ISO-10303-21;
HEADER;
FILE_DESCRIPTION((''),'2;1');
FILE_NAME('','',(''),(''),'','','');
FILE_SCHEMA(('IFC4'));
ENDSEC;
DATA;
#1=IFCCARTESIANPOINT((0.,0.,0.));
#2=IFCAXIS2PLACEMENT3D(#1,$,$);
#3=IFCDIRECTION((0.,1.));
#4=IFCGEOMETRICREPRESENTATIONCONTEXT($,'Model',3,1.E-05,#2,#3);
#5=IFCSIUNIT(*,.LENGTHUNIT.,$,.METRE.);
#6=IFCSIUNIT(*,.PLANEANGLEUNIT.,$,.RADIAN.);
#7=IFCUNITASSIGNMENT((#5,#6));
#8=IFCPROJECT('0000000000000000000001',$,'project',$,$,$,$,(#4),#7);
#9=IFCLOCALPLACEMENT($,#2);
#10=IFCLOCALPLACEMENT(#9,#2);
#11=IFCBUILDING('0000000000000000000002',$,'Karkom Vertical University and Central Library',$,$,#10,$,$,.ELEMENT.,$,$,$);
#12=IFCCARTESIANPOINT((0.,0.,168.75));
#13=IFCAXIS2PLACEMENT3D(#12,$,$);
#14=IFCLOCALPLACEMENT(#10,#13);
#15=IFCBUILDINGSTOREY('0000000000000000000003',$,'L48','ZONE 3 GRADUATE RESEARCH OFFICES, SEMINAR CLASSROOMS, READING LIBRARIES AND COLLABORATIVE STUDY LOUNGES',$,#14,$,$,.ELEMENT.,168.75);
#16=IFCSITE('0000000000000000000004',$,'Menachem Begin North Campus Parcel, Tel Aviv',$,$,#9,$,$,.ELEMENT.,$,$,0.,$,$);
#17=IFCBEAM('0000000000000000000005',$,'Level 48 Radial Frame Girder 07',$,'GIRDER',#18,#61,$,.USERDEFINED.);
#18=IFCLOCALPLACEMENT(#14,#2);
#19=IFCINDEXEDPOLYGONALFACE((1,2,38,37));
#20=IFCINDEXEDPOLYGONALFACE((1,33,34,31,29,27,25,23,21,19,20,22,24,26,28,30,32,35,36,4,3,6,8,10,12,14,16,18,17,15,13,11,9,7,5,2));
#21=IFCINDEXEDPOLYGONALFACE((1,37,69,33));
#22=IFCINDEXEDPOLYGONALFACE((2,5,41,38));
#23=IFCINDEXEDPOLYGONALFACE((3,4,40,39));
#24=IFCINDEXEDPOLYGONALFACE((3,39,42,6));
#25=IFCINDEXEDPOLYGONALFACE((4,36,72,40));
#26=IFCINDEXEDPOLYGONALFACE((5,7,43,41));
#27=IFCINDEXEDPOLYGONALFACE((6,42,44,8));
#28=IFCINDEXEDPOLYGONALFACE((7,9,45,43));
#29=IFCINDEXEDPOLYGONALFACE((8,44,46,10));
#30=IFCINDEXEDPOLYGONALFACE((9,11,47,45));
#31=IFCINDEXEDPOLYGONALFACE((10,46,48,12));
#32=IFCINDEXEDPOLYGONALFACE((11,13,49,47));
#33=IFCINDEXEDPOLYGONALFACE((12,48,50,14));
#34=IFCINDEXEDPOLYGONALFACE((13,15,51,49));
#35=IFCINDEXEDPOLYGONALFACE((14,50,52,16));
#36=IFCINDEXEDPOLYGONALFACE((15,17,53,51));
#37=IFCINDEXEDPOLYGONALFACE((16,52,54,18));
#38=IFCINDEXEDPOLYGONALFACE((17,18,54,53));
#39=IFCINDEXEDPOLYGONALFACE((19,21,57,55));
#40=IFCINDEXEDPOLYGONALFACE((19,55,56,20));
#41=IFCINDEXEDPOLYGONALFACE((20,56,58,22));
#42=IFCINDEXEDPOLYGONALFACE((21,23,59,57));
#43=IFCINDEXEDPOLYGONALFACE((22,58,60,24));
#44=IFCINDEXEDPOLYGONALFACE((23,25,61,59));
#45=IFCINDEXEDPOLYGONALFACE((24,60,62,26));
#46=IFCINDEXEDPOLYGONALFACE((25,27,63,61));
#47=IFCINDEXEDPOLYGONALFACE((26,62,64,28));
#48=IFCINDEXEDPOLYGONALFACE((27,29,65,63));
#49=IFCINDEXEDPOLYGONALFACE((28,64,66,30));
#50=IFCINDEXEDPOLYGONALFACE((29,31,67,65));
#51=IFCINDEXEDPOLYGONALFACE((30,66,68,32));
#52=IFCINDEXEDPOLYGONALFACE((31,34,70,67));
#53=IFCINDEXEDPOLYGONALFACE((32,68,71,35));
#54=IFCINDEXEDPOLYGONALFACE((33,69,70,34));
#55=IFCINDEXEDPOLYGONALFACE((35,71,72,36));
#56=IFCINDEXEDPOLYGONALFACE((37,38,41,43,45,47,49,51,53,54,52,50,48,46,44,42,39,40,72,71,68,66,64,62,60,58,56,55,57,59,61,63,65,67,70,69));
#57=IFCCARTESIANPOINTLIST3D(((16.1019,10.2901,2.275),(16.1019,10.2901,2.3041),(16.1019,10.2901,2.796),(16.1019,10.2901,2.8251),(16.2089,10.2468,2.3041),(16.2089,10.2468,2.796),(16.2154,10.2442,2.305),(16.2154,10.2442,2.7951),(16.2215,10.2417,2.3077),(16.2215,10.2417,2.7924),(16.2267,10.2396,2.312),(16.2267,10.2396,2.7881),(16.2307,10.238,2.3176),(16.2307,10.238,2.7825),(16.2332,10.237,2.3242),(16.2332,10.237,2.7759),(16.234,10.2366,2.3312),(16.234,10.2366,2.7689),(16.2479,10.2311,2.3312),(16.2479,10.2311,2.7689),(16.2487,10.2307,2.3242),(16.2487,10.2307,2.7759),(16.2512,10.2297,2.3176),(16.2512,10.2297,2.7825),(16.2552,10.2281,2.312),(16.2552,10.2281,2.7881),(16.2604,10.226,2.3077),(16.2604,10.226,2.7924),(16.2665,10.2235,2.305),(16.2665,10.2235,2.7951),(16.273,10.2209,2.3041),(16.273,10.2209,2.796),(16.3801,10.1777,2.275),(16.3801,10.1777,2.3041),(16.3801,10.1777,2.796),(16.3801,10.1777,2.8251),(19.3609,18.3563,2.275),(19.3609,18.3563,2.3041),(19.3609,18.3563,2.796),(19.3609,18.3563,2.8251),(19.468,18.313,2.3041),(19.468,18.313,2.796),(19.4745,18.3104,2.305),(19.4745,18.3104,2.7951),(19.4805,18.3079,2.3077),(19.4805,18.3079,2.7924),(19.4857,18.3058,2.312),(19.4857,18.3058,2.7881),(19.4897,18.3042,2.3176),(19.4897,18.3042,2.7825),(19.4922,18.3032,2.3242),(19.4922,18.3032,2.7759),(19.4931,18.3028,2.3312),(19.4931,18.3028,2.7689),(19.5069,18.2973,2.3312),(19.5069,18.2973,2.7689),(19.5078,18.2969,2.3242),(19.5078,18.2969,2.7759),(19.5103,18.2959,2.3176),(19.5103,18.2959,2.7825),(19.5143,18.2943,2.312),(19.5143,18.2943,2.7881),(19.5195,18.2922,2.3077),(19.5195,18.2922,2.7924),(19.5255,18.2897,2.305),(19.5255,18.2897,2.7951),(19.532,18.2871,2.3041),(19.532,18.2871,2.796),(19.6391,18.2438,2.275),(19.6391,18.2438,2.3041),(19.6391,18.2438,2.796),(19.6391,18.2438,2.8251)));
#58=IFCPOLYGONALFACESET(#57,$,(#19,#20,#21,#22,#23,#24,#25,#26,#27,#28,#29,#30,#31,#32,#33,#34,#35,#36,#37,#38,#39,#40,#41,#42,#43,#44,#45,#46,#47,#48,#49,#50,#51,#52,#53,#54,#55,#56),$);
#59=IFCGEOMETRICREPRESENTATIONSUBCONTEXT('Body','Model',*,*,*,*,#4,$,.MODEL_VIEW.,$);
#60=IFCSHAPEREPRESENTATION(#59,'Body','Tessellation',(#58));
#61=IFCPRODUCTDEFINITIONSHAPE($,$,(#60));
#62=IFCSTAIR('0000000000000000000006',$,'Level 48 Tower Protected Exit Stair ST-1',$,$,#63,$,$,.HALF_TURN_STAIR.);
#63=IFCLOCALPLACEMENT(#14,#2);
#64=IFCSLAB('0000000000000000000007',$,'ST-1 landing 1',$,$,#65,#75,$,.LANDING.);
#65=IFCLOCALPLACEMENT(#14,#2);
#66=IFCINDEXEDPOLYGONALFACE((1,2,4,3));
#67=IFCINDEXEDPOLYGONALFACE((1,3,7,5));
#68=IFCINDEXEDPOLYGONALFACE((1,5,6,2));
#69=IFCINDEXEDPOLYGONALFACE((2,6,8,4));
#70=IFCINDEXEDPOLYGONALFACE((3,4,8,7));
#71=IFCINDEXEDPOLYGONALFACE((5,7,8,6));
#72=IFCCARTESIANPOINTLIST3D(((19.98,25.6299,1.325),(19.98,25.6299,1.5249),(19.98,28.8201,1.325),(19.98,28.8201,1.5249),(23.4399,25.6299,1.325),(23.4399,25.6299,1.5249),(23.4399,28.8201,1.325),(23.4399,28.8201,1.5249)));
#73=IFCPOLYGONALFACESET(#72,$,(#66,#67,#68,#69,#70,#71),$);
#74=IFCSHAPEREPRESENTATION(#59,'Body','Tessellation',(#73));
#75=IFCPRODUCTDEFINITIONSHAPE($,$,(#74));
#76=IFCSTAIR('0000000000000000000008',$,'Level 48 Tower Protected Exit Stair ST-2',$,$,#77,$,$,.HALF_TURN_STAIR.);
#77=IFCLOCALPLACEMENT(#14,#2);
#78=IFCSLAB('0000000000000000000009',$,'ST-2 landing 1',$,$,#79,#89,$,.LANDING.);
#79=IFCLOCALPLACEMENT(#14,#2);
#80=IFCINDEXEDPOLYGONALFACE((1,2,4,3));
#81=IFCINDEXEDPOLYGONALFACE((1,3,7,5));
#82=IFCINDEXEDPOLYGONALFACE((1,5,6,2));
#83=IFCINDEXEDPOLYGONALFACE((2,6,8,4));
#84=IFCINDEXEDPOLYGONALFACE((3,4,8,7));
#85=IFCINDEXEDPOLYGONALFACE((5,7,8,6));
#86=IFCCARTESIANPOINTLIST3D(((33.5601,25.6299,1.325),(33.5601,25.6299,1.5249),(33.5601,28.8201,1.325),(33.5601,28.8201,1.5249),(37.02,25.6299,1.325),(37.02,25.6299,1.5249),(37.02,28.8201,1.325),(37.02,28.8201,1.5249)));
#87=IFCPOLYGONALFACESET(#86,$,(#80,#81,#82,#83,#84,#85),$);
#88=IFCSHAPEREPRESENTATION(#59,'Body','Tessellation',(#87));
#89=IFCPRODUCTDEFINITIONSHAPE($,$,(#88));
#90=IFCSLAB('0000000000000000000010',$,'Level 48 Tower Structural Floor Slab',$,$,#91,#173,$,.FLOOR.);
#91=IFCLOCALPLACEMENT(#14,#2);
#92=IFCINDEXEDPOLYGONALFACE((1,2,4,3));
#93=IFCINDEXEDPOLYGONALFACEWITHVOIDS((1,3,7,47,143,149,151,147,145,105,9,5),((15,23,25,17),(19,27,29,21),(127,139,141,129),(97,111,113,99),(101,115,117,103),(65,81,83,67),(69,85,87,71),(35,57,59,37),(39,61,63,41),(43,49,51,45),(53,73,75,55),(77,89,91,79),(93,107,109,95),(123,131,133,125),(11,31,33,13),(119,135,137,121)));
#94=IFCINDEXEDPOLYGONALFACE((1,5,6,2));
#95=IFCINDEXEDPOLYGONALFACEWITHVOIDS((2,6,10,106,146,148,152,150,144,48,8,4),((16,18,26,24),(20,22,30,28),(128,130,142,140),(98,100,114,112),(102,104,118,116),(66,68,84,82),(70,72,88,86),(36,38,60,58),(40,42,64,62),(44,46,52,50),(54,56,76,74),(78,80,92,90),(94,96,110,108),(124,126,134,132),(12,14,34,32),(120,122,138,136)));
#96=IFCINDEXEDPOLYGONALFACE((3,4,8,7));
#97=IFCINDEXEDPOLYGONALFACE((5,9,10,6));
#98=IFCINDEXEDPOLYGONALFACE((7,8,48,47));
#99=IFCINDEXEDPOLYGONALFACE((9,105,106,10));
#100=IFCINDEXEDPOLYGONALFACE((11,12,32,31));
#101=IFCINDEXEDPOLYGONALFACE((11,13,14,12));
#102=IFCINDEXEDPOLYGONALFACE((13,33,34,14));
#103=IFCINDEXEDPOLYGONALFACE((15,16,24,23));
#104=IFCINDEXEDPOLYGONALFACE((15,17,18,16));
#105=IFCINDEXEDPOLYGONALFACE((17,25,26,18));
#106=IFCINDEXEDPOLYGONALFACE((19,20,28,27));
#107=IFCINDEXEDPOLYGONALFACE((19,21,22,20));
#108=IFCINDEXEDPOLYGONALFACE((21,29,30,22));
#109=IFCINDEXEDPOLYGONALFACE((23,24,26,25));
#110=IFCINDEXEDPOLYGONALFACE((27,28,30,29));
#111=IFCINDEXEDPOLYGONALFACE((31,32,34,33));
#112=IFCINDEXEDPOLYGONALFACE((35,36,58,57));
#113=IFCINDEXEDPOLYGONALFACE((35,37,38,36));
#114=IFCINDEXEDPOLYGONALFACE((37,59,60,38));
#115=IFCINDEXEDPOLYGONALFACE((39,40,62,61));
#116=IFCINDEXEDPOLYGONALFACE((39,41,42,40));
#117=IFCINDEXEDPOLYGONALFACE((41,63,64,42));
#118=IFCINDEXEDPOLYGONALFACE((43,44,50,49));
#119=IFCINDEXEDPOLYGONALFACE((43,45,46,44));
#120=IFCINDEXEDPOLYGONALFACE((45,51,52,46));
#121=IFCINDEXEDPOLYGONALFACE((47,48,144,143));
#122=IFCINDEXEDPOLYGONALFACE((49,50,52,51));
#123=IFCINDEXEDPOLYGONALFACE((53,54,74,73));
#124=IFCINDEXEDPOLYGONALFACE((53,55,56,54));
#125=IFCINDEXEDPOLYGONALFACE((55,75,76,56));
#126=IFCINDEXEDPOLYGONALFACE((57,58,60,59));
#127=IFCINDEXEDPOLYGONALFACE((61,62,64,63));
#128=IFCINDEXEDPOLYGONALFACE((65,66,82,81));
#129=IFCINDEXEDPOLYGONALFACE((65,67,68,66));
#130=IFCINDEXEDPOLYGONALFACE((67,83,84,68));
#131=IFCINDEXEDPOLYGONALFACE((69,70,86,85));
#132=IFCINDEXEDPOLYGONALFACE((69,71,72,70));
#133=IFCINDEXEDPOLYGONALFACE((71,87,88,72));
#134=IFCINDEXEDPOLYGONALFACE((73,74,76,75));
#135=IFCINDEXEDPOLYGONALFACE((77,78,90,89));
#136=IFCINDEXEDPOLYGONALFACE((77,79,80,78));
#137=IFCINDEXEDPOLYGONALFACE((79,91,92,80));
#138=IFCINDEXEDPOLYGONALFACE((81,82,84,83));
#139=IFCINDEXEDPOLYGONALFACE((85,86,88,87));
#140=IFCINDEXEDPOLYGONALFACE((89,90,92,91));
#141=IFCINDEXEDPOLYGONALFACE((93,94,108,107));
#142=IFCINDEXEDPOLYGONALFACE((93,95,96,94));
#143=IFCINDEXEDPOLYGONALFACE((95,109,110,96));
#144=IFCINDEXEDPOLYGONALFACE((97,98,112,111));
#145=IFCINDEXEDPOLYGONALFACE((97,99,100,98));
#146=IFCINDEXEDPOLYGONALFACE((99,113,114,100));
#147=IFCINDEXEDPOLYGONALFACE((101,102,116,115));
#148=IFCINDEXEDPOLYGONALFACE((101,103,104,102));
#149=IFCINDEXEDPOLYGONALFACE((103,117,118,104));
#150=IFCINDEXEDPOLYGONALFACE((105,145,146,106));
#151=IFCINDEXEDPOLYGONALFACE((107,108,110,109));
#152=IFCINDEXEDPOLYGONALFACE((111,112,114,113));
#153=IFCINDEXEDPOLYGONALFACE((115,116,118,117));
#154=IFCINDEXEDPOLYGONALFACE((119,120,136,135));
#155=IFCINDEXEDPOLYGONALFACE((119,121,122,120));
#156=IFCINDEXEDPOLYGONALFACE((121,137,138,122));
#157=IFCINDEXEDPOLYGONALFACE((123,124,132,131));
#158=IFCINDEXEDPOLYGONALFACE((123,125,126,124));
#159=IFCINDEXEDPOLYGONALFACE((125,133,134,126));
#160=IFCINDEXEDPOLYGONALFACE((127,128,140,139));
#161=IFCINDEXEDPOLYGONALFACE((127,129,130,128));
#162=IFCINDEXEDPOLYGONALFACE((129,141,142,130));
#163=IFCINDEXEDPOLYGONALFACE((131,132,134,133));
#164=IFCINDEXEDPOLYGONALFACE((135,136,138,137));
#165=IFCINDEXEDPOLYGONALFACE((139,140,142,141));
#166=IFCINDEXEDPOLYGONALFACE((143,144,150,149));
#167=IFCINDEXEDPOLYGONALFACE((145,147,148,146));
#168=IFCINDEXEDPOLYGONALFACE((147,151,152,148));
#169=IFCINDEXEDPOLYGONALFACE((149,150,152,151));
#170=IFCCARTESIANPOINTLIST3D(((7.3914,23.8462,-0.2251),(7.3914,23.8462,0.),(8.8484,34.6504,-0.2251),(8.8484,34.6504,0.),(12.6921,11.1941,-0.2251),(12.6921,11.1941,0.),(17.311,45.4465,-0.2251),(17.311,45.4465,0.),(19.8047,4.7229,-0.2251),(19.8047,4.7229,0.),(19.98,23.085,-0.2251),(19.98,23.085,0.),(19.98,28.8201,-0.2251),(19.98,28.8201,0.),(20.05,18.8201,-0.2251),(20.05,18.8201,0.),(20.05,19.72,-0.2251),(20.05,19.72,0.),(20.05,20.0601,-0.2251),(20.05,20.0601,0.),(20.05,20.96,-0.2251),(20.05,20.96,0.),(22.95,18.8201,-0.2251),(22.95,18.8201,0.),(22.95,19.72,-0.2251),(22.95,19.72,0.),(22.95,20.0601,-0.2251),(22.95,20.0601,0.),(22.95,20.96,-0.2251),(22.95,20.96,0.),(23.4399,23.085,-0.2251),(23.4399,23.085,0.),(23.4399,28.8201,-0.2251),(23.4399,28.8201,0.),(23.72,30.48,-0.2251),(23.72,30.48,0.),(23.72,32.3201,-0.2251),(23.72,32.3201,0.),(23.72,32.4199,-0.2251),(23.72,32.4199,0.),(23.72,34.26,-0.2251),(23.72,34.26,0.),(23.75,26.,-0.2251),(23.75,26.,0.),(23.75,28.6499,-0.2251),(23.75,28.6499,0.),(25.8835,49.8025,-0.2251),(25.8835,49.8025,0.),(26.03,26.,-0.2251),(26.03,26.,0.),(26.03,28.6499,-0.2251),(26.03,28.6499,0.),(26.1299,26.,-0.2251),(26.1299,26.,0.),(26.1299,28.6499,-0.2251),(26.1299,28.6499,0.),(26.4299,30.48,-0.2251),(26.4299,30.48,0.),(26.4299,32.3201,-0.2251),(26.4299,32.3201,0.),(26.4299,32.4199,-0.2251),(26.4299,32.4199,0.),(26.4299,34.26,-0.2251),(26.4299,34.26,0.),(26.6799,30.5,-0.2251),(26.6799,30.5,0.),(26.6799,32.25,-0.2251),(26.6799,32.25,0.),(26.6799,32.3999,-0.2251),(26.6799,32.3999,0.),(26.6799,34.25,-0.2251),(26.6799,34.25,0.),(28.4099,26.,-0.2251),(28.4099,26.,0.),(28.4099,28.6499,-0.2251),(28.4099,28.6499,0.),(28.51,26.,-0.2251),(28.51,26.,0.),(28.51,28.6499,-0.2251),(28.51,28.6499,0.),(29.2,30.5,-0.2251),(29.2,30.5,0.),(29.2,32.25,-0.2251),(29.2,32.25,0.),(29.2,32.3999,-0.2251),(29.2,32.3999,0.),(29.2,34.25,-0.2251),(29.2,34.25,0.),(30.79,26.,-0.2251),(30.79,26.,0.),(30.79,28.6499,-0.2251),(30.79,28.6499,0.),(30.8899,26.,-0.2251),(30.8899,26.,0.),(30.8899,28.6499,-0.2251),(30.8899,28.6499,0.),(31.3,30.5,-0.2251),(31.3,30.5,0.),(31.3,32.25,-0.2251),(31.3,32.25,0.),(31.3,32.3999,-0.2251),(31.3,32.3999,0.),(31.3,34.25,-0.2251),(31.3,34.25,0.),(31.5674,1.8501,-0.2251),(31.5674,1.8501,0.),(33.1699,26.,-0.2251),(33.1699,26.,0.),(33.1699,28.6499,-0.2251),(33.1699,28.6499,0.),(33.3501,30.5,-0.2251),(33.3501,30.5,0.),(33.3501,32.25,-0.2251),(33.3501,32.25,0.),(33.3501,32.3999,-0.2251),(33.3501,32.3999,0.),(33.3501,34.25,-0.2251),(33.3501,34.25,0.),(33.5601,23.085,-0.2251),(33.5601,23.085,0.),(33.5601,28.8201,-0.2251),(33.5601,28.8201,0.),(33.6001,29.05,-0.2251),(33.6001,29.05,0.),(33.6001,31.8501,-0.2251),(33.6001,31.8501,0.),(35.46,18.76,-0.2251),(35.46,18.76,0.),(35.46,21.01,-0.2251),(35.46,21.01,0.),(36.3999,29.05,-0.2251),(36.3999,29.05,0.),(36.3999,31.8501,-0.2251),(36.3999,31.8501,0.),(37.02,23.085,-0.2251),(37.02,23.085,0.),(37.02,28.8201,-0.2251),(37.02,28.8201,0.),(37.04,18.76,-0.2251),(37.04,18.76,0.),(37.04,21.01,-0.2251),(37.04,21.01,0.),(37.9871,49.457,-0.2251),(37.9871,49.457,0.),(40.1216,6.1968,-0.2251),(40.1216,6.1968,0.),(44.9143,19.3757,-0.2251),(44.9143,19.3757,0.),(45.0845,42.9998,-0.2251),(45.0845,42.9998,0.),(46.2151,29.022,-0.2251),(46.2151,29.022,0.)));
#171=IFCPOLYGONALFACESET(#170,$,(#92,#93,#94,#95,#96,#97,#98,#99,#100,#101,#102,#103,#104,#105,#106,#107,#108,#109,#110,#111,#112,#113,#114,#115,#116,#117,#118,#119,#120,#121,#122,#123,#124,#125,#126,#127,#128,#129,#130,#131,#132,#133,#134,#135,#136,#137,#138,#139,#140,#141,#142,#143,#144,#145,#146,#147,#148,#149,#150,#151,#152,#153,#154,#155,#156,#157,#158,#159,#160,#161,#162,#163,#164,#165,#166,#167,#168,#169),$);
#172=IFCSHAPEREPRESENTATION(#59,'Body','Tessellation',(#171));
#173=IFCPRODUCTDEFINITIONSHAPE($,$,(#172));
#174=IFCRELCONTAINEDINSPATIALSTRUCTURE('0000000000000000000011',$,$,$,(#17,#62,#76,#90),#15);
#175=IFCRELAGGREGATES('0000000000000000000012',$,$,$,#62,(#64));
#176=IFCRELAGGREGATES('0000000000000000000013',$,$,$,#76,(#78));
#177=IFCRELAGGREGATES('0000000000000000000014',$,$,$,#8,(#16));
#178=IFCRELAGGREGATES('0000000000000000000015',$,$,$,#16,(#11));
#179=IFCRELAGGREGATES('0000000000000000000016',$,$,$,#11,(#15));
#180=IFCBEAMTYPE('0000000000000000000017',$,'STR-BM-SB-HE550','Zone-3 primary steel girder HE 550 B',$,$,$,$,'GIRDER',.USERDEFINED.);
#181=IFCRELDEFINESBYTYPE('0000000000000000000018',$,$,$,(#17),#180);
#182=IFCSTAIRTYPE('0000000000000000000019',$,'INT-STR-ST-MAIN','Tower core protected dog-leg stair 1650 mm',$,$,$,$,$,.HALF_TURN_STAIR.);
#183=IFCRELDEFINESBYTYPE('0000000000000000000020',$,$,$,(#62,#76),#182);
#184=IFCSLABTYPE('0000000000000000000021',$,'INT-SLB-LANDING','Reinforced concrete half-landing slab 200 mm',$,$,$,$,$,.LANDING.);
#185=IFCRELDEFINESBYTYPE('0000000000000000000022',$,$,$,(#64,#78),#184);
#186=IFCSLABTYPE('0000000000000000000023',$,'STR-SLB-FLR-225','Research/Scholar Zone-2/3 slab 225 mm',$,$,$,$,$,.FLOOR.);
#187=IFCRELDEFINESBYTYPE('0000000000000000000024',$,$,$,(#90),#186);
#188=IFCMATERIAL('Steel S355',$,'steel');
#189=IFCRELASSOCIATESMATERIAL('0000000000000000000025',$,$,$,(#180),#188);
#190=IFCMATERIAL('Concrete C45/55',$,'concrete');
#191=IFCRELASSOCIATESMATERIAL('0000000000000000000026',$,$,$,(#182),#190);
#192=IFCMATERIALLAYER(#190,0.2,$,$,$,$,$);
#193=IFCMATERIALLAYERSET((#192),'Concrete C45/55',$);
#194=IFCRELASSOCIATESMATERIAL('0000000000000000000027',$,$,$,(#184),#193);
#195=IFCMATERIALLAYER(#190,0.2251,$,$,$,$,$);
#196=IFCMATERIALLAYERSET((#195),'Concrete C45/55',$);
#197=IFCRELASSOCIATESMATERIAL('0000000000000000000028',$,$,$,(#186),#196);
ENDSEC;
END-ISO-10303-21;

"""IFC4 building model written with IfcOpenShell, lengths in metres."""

from ifc_helpers import new_model, si_unit, direction, frame, origin, origin_with_axes, origin_2d, place, context, subcontext, project, spatial, polyline, i_section, outline, extrude, source, transform, mapped, material, layer, layer_set, material_profile, profile_set, type_object, element, aggregate, save


model = new_model("IFC4")

# Units and contexts
model_context = context("Model", 3, precision=1e-05, world=origin(), true_north=direction((0.0, 1.0)))
body_context = subcontext(model_context, "Body", "Model", "MODEL_VIEW")
ifc_project = project(units=[si_unit("LENGTHUNIT", "METRE"), si_unit("PLANEANGLEUNIT", "RADIAN")], contexts=[model_context])

# Site, building, storey
site_placement = place(None, origin())
site = spatial("IfcSite", under=ifc_project, at=site_placement, Name="Menachem Begin North Campus Parcel, Tel Aviv", CompositionType="ELEMENT", RefElevation=0.0)
building_placement = place(site_placement, origin())
building = spatial("IfcBuilding", under=site, at=building_placement, Name="Karkom Vertical University and Central Library", CompositionType="ELEMENT")
storey_placement = place(building_placement, frame((0.0, 0.0, 168.75)))
storey = spatial("IfcBuildingStorey", under=building, at=storey_placement, Name="L48", Description="ZONE 3 GRADUATE RESEARCH OFFICES, SEMINAR CLASSROOMS, READING LIBRARIES AND COLLABORATIVE STUDY LOUNGES", CompositionType="ELEMENT", Elevation=168.75)

# Beam
ifc_material_1 = material(Name="Steel S355", Category="steel")
ifc_material_profile_1 = material_profile(ifc_material_1, i_section(OverallWidth=0.3, OverallDepth=0.55, WebThickness=0.0149, FlangeThickness=0.0291, FilletRadius=0.0271, at=origin_2d()), Name="HE 550 B")
ifc_profile_set_1 = profile_set([ifc_material_profile_1], Name="Steel S355")
beam_type_1 = type_object("IfcBeamType", Name="STR-BM-SB-HE550", Description="Zone-3 primary steel girder HE 550 B", ElementType="GIRDER", PredefinedType="USERDEFINED", material=ifc_profile_set_1)
shared_shape_1 = source(origin_with_axes(), body_context, "Body", "SweptSolid", [
    extrude(i_section(OverallWidth=0.3, OverallDepth=0.55, WebThickness=0.0149, FlangeThickness=0.0291, FilletRadius=0.0271, at=origin_2d()), origin(), (0.0, 0.0, 1.0), 8.6997),
])
beam_1_placement = place(storey_placement, frame((19.5, 18.3, 2.55), z_axis=(-0.374616, -0.92718, 0.0), x_axis=(0.92718, -0.374616, 0.0)))
element("IfcBeam", 1, at=beam_1_placement, inside=storey, type_object=beam_type_1, Name="Level 48 Radial Frame Girder 07", ObjectType="GIRDER", PredefinedType="USERDEFINED", context=body_context, shape_type="MappedRepresentation", body=[
    mapped(shared_shape_1, transform((0.0, 0.0, 0.0), scale=1.0)),
])

# Stairs, slabs
ifc_material_2 = material(Name="Concrete C45/55", Category="concrete")
stair_type = type_object("IfcStairType", Name="INT-STR-ST-MAIN", Description="Tower core protected dog-leg stair 1650 mm", PredefinedType="HALF_TURN_STAIR", material=ifc_material_2)
stair_1_placement = place(storey_placement, origin())
stair_1 = element("IfcStair", 2, at=stair_1_placement, inside=storey, type_object=stair_type, Name="Level 48 Tower Protected Exit Stair ST-1", PredefinedType="HALF_TURN_STAIR")
ifc_layer_1 = layer(ifc_material_2, 0.2)
ifc_layer_set_1 = layer_set([ifc_layer_1], Name="Concrete C45/55")
slab_type_1 = type_object("IfcSlabType", Name="INT-SLB-LANDING", Description="Reinforced concrete half-landing slab 200 mm", PredefinedType="LANDING", material=ifc_layer_set_1)
slab_1_placement = place(storey_placement, frame((0.0, 0.0, 1.325)))
slab_1 = element("IfcSlab", 3, at=slab_1_placement, type_object=slab_type_1, Name="ST-1 landing 1", PredefinedType="LANDING", context=body_context, shape_type="SweptSolid", body=[
    extrude(outline(polyline([(23.4399, 25.6299), (23.4399, 28.8201), (19.98, 28.8201), (19.98, 25.6299), (23.4399, 25.6299)])), origin(), (0.0, 0.0, 1.0), 0.2),
])
aggregate(stair_1, [slab_1])
stair_2_placement = place(storey_placement, origin())
stair_2 = element("IfcStair", 4, at=stair_2_placement, inside=storey, type_object=stair_type, Name="Level 48 Tower Protected Exit Stair ST-2", PredefinedType="HALF_TURN_STAIR")
slab_2_placement = place(storey_placement, frame((0.0, 0.0, 1.325)))
slab_2 = element("IfcSlab", 5, at=slab_2_placement, type_object=slab_type_1, Name="ST-2 landing 1", PredefinedType="LANDING", context=body_context, shape_type="SweptSolid", body=[
    extrude(outline(polyline([(37.02, 25.6299), (37.02, 28.8201), (33.5601, 28.8201), (33.5601, 25.6299), (37.02, 25.6299)])), origin(), (0.0, 0.0, 1.0), 0.2),
])
aggregate(stair_2, [slab_2])

# Slab
ifc_layer_2 = layer(ifc_material_2, 0.2251)
ifc_layer_set_2 = layer_set([ifc_layer_2], Name="Concrete C45/55")
slab_type_2 = type_object("IfcSlabType", Name="STR-SLB-FLR-225", Description="Research/Scholar Zone-2/3 slab 225 mm", PredefinedType="FLOOR", material=ifc_layer_set_2)
slab_3_placement = place(storey_placement, frame((0.0, 0.0, -0.2251)))
element("IfcSlab", 6, at=slab_3_placement, inside=storey, type_object=slab_type_2, Name="Level 48 Tower Structural Floor Slab", PredefinedType="FLOOR", context=body_context, shape_type="SweptSolid", body=[
    extrude(outline(polyline([(8.8484, 34.6504), (7.3914, 23.8462), (12.6921, 11.1941), (19.8047, 4.7229), (31.5674, 1.8501), (40.1216, 6.1968), (44.9143, 19.3757), (46.2151, 29.022), (45.0845, 42.9998), (37.9871, 49.457), (25.8835, 49.8025), (17.311, 45.4465), (8.8484, 34.6504)]), holes=[polyline([(19.98, 23.085), (23.4399, 23.085), (23.4399, 28.8201), (19.98, 28.8201), (19.98, 23.085)]), polyline([(33.5601, 23.085), (37.02, 23.085), (37.02, 28.8201), (33.5601, 28.8201), (33.5601, 23.085)]), polyline([(23.75, 26.0), (26.03, 26.0), (26.03, 28.6499), (23.75, 28.6499), (23.75, 26.0)]), polyline([(26.1299, 26.0), (28.4099, 26.0), (28.4099, 28.6499), (26.1299, 28.6499), (26.1299, 26.0)]), polyline([(28.51, 26.0), (30.79, 26.0), (30.79, 28.6499), (28.51, 28.6499), (28.51, 26.0)]), polyline([(30.8899, 26.0), (33.1699, 26.0), (33.1699, 28.6499), (30.8899, 28.6499), (30.8899, 26.0)]), polyline([(26.6799, 30.5), (29.2, 30.5), (29.2, 32.25), (26.6799, 32.25), (26.6799, 30.5)]), polyline([(26.6799, 32.3999), (29.2, 32.3999), (29.2, 34.25), (26.6799, 34.25), (26.6799, 32.3999)]), polyline([(31.3, 30.5), (33.3501, 30.5), (33.3501, 32.25), (31.3, 32.25), (31.3, 30.5)]), polyline([(31.3, 32.3999), (33.3501, 32.3999), (33.3501, 34.25), (31.3, 34.25), (31.3, 32.3999)]), polyline([(23.72, 30.48), (26.4299, 30.48), (26.4299, 32.3201), (23.72, 32.3201), (23.72, 30.48)]), polyline([(23.72, 32.4199), (26.4299, 32.4199), (26.4299, 34.26), (23.72, 34.26), (23.72, 32.4199)]), polyline([(33.6001, 29.05), (36.3999, 29.05), (36.3999, 31.8501), (33.6001, 31.8501), (33.6001, 29.05)]), polyline([(20.05, 18.8201), (22.95, 18.8201), (22.95, 19.72), (20.05, 19.72), (20.05, 18.8201)]), polyline([(20.05, 20.0601), (22.95, 20.0601), (22.95, 20.96), (20.05, 20.96), (20.05, 20.0601)]), polyline([(35.46, 18.76), (37.04, 18.76), (37.04, 21.01), (35.46, 21.01), (35.46, 18.76)])]), origin(), (0.0, 0.0, 1.0), 0.2251),
])

save(model, "model.ifc")
